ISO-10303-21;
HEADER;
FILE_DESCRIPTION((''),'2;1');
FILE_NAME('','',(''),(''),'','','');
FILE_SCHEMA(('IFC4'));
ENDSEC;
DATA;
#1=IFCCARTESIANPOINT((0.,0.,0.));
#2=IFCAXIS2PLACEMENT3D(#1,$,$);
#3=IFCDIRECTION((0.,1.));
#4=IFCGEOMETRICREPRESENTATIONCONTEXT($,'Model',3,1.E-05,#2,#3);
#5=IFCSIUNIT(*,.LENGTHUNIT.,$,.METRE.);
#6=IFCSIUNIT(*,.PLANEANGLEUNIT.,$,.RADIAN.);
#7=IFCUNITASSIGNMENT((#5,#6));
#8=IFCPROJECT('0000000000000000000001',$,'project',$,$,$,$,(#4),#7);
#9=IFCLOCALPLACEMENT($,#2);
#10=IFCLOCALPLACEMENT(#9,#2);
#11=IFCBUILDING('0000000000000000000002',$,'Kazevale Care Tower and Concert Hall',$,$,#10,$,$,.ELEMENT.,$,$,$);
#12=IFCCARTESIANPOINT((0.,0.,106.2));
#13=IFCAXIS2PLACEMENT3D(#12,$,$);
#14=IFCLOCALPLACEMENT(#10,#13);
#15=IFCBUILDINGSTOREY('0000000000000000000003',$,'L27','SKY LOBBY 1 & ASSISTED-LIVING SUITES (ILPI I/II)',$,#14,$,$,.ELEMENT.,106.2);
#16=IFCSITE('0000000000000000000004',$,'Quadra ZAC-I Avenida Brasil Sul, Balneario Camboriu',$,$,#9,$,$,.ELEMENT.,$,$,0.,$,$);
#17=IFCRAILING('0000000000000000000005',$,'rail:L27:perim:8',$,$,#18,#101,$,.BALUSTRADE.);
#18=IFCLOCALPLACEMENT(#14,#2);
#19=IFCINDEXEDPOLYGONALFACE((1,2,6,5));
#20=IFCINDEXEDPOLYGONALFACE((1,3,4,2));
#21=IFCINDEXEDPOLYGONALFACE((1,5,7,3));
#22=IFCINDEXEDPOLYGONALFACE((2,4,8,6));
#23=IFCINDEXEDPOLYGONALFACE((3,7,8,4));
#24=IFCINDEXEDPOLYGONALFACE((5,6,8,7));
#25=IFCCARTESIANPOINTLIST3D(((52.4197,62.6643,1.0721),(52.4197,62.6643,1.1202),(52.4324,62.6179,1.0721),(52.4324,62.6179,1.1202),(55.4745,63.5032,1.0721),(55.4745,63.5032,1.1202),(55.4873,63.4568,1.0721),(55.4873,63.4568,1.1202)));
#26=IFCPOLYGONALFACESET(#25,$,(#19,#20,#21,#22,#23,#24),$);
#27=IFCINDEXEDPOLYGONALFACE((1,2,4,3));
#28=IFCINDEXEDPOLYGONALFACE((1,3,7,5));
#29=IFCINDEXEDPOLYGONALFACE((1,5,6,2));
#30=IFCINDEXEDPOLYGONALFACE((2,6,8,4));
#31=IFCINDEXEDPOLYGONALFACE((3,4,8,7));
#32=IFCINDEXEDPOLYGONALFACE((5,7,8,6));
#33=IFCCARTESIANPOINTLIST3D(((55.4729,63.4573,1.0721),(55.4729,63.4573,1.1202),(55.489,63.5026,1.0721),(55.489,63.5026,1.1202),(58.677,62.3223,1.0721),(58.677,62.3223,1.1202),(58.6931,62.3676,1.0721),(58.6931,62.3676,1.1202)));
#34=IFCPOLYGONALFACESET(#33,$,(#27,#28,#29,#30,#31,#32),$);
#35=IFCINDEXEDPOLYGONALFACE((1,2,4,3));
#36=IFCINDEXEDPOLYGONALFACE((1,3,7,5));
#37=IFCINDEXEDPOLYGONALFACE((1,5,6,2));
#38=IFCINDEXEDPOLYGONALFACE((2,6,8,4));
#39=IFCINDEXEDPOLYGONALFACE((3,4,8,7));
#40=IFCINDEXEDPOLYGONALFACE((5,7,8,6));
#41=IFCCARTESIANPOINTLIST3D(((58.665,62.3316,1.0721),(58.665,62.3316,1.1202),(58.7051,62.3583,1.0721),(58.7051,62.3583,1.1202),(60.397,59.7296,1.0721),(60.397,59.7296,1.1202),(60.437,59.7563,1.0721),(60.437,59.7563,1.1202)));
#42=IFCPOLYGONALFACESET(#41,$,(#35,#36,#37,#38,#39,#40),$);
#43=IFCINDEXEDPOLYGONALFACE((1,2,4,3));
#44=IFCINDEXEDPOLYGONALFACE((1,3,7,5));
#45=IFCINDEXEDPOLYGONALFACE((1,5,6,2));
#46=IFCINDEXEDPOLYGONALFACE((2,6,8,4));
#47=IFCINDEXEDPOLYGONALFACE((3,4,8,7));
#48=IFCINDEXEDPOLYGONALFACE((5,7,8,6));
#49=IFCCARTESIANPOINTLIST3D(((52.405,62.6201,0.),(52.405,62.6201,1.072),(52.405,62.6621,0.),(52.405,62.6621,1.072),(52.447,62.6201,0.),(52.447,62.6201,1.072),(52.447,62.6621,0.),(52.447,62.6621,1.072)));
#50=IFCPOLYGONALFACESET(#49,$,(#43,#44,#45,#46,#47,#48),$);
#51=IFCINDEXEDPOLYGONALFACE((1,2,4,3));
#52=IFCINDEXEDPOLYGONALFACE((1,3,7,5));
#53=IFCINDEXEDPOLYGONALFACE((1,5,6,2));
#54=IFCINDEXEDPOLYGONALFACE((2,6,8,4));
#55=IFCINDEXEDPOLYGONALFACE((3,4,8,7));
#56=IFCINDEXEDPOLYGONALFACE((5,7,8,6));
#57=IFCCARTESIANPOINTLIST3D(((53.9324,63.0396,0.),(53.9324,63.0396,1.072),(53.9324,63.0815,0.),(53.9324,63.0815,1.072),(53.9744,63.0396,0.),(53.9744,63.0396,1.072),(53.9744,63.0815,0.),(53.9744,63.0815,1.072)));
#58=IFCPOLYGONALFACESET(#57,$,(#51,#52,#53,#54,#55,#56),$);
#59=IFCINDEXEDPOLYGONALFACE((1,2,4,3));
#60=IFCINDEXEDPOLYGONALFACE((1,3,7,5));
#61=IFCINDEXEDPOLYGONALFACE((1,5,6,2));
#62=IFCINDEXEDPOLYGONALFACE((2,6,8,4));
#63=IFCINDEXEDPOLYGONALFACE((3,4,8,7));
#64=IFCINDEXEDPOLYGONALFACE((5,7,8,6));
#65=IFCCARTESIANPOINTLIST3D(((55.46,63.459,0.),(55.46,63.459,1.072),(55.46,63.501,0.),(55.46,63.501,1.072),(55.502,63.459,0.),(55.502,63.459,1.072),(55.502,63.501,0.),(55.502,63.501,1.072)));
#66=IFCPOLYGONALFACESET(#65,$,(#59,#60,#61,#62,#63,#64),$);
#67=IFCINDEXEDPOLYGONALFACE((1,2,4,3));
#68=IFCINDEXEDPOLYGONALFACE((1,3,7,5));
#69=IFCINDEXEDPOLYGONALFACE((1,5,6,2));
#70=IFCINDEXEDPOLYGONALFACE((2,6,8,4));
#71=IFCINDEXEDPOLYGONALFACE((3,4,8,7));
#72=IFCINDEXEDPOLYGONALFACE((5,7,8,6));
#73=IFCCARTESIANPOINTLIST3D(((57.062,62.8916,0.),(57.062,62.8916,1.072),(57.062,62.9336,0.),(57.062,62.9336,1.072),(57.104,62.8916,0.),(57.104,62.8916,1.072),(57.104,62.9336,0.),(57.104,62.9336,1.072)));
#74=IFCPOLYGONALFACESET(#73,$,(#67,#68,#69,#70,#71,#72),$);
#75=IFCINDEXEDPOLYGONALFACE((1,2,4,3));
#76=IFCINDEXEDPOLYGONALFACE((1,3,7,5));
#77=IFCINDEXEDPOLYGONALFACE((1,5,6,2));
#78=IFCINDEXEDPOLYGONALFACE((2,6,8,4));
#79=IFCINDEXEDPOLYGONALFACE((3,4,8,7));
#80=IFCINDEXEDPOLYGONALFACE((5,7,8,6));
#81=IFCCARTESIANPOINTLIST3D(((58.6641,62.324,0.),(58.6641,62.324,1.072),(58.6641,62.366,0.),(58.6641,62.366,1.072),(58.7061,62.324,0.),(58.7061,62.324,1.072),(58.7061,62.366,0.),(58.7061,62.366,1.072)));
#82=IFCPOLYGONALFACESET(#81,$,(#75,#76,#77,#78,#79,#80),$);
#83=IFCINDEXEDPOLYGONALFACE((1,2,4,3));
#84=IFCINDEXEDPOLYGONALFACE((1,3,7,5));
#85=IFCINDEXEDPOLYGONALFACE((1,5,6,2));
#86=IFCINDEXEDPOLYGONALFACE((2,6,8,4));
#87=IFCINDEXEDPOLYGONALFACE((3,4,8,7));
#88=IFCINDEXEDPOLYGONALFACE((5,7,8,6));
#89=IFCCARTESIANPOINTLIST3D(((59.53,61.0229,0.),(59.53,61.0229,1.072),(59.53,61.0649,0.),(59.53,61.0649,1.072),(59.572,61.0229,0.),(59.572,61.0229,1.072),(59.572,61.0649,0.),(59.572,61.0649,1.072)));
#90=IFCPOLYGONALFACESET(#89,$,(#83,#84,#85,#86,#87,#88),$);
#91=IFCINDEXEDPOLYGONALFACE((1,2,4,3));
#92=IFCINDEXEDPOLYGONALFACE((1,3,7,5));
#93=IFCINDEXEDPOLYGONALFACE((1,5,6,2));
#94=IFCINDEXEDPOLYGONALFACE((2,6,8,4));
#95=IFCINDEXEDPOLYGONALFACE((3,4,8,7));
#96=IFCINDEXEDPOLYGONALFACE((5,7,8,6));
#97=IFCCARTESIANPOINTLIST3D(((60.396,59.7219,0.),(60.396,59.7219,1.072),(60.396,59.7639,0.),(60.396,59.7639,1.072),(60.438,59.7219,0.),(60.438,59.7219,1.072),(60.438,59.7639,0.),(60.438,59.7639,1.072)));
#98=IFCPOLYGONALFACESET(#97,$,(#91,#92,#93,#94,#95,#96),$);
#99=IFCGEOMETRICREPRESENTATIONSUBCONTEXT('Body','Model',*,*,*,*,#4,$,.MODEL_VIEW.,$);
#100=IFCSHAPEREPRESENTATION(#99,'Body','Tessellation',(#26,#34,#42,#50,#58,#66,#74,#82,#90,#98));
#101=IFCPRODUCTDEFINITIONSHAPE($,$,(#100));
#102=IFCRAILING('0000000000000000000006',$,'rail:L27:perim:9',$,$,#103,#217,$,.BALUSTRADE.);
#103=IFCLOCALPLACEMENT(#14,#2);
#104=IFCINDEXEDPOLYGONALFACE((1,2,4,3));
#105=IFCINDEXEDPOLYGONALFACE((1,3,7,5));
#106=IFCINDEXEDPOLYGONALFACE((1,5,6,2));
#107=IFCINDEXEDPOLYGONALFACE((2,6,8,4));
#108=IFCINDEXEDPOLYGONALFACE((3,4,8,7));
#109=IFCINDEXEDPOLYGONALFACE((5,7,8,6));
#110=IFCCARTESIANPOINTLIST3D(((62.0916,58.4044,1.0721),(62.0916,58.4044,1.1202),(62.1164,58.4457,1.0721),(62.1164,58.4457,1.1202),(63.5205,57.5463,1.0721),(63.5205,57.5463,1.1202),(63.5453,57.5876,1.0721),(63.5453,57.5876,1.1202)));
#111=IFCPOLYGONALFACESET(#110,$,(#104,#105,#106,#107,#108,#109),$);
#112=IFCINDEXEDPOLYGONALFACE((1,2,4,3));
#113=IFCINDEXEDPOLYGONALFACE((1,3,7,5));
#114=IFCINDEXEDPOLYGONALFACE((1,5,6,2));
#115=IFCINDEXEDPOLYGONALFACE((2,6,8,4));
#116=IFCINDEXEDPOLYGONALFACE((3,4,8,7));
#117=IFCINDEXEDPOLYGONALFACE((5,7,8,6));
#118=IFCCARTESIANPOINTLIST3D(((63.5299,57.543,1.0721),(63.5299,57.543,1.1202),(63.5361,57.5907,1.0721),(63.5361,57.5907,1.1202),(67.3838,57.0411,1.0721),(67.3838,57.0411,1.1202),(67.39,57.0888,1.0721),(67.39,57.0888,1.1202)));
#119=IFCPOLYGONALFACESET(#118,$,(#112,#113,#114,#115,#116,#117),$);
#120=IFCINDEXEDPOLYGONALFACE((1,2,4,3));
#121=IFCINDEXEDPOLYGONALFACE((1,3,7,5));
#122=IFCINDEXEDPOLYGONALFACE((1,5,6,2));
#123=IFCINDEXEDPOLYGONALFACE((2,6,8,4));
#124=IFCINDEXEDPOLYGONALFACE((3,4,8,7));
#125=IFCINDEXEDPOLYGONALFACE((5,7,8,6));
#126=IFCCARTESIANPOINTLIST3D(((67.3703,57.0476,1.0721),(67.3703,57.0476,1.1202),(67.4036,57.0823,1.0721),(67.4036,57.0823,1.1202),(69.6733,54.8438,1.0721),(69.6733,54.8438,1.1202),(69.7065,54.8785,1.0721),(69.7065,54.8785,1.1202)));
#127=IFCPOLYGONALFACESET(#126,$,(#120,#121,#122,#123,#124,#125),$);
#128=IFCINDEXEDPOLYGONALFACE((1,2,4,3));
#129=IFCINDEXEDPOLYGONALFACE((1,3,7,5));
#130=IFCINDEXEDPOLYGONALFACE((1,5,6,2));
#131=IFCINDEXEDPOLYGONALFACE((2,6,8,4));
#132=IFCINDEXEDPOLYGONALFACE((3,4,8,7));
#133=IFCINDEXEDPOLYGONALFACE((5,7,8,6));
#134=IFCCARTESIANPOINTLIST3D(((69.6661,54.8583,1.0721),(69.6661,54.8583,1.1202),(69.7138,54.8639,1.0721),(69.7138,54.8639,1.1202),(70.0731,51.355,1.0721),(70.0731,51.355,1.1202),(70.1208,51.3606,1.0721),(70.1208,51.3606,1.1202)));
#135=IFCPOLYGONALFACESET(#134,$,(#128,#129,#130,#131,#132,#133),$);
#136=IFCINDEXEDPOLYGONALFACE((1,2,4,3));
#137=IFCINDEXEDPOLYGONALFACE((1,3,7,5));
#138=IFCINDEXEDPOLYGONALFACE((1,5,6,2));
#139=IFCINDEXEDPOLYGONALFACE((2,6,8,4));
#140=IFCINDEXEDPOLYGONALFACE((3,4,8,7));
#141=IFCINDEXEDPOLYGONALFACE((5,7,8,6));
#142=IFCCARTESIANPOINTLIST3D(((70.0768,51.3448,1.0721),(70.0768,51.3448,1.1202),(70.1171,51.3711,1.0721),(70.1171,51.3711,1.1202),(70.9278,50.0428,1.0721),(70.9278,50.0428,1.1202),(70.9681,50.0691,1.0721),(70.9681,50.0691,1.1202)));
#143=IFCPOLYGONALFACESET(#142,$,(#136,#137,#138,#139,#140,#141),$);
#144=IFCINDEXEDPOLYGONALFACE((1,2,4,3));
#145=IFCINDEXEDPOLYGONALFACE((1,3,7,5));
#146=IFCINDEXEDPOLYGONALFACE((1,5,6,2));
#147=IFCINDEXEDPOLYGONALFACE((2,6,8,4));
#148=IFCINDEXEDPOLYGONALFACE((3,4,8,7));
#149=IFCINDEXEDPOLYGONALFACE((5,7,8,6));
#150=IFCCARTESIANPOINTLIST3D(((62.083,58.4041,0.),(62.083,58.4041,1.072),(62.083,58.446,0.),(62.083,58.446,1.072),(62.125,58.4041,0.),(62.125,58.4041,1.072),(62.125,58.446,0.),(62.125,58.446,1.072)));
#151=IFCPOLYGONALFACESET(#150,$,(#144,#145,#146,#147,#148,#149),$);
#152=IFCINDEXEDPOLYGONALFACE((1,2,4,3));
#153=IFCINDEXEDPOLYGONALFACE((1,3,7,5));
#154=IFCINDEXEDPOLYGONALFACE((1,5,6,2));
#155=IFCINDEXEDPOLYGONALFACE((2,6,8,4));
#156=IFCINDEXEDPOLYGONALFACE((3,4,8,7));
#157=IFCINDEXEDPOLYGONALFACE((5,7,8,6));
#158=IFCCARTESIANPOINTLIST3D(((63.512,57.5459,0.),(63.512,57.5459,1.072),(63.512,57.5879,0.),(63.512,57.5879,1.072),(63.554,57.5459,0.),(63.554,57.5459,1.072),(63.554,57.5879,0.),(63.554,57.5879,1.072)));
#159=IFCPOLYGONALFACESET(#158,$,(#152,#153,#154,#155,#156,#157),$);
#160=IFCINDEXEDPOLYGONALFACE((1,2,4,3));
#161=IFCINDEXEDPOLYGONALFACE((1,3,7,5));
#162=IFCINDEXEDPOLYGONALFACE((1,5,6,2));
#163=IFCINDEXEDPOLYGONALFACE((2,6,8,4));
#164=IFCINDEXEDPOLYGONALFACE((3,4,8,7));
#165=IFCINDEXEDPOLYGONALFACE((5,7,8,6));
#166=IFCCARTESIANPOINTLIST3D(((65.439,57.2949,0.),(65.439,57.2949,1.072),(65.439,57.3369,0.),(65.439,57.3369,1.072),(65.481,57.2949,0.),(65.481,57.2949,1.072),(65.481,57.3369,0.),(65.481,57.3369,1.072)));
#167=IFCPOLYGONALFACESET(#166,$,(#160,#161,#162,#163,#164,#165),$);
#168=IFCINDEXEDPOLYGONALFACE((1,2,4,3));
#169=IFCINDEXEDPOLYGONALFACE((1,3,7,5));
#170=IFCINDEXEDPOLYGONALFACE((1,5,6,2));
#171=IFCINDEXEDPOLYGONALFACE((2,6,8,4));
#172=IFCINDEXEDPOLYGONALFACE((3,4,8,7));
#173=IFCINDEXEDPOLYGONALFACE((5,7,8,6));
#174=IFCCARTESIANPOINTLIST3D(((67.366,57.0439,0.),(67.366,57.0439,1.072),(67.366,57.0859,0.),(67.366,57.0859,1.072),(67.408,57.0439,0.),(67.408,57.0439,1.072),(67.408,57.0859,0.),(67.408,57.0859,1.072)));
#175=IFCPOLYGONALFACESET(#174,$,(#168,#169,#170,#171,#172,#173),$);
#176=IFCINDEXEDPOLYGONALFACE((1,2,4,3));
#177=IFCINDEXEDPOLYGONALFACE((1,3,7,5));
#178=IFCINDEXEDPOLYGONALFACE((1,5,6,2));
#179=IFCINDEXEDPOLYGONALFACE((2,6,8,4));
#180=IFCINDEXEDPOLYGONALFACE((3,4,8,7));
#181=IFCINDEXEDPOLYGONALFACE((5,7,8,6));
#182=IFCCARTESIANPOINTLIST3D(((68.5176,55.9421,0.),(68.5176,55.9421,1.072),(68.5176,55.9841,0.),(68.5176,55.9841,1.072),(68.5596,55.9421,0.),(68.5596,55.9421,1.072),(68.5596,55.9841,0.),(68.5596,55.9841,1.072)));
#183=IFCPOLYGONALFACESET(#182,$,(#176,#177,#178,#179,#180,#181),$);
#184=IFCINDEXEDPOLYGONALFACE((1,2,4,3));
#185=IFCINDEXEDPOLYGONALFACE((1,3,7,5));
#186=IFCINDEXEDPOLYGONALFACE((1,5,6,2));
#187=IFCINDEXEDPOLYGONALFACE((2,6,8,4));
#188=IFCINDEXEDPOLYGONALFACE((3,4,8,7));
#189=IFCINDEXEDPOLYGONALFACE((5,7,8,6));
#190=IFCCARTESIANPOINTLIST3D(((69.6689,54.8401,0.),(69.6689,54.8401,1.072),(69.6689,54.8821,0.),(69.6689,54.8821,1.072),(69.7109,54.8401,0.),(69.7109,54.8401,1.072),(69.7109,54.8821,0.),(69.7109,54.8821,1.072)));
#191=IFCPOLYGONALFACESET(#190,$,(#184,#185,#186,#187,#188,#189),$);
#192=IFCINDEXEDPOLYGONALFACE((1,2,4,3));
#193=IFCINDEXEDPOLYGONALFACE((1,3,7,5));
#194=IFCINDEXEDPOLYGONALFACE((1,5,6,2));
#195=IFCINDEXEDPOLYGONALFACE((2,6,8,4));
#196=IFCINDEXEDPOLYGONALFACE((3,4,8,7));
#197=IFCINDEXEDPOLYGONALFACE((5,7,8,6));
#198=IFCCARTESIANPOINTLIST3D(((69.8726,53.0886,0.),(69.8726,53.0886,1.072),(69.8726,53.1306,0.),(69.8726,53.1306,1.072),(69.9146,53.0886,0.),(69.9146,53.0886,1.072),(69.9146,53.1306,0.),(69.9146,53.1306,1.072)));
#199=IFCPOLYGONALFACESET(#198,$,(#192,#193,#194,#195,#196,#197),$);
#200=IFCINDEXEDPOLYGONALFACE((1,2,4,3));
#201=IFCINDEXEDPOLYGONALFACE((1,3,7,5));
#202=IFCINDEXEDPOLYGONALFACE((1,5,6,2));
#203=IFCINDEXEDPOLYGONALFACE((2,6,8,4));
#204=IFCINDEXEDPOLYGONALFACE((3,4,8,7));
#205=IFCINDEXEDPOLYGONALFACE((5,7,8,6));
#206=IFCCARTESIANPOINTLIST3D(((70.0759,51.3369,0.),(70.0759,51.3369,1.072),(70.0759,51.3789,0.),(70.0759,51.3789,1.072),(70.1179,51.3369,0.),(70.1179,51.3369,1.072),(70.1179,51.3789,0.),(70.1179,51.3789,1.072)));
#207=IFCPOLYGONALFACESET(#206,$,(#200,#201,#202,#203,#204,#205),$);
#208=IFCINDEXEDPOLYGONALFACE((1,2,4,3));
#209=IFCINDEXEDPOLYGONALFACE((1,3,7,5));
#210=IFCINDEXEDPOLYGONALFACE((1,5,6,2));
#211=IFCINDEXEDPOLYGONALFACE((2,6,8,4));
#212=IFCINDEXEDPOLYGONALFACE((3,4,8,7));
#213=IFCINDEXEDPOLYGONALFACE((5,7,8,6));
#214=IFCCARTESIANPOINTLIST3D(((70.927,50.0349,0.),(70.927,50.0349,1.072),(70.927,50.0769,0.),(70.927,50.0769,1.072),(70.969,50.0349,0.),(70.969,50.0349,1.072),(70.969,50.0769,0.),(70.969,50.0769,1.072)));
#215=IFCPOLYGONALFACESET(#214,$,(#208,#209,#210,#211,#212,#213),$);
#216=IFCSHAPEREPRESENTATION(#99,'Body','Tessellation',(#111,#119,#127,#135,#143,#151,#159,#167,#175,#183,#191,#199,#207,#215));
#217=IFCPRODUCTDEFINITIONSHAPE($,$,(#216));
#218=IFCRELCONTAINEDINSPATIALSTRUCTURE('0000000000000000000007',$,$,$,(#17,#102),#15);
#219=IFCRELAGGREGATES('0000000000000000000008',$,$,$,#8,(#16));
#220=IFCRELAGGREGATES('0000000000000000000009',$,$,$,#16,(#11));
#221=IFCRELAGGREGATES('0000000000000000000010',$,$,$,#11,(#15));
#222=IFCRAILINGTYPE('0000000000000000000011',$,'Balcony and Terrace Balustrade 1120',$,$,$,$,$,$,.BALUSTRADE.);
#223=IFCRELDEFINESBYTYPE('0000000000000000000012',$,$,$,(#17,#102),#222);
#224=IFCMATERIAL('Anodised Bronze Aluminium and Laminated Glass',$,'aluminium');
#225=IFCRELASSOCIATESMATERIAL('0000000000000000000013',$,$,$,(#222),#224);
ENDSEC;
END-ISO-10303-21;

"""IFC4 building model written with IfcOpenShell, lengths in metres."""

from ifc_helpers import new_model, si_unit, direction, frame, origin, origin_2d, place, context, subcontext, project, spatial, rectangle, extrude, material, type_object, element, save


model = new_model("IFC4")

# Units and contexts
model_context = context("Model", 3, precision=1e-05, world=origin(), true_north=direction((0.0, 1.0)))
body_context = subcontext(model_context, "Body", "Model", "MODEL_VIEW")
ifc_project = project(units=[si_unit("LENGTHUNIT", "METRE"), si_unit("PLANEANGLEUNIT", "RADIAN")], contexts=[model_context])

# Site, building, storey
site_placement = place(None, origin())
site = spatial("IfcSite", under=ifc_project, at=site_placement, Name="Quadra ZAC-I Avenida Brasil Sul, Balneario Camboriu", CompositionType="ELEMENT", RefElevation=0.0)
building_placement = place(site_placement, origin())
building = spatial("IfcBuilding", under=site, at=building_placement, Name="Kazevale Care Tower and Concert Hall", CompositionType="ELEMENT")
storey_placement = place(building_placement, frame((0.0, 0.0, 106.2)))
storey = spatial("IfcBuildingStorey", under=building, at=storey_placement, Name="L27", Description="SKY LOBBY 1 & ASSISTED-LIVING SUITES (ILPI I/II)", CompositionType="ELEMENT", Elevation=106.2)

# Railings
ifc_material_1 = material(Name="Anodised Bronze Aluminium and Laminated Glass", Category="aluminium")
railing_type = type_object("IfcRailingType", Name="Balcony and Terrace Balustrade 1120", PredefinedType="BALUSTRADE", material=ifc_material_1)
railing_1_placement = place(storey_placement, frame((52.426, 62.6411, 0.0)))
element("IfcRailing", 1, at=railing_1_placement, inside=storey, type_object=railing_type, Name="rail:L27:perim:8", PredefinedType="BALUSTRADE", context=body_context, shape_type="SweptSolid", body=[
    extrude(rectangle(XDim=0.0481, YDim=0.0481, at=origin_2d()), frame((0.0, 0.0, 1.0962), z_axis=(0.964305, 0.264793, 0.0), x_axis=(-0.264793, 0.964305, 0.0)), (0.0, 0.0, 1.0), 3.168),
    extrude(rectangle(XDim=0.0481, YDim=0.0481, at=origin_2d()), frame((3.0549, 0.8389, 1.0962), z_axis=(0.942607, -0.333906, 0.0), x_axis=(0.333906, 0.942607, 0.0)), (0.0, 0.0, 1.0), 3.3992),
    extrude(rectangle(XDim=0.0481, YDim=0.0481, at=origin_2d()), frame((6.259, -0.2961, 1.0962), z_axis=(0.554087, -0.832459, 0.0), x_axis=(0.832459, 0.554087, 0.0)), (0.0, 0.0, 1.0), 3.1257),
    extrude(rectangle(XDim=0.042, YDim=0.042, at=origin_2d()), origin(), (0.0, 0.0, 1.0), 1.072),
    extrude(rectangle(XDim=0.042, YDim=0.042, at=origin_2d()), frame((1.5273, 0.4194, 0.0)), (0.0, 0.0, 1.0), 1.072),
    extrude(rectangle(XDim=0.042, YDim=0.042, at=origin_2d()), frame((3.0549, 0.8389, 0.0)), (0.0, 0.0, 1.0), 1.072),
    extrude(rectangle(XDim=0.042, YDim=0.042, at=origin_2d()), frame((4.657, 0.2715, 0.0)), (0.0, 0.0, 1.0), 1.072),
    extrude(rectangle(XDim=0.042, YDim=0.042, at=origin_2d()), frame((6.259, -0.2961, 0.0)), (0.0, 0.0, 1.0), 1.072),
    extrude(rectangle(XDim=0.042, YDim=0.042, at=origin_2d()), frame((7.125, -1.5972, 0.0)), (0.0, 0.0, 1.0), 1.072),
    extrude(rectangle(XDim=0.042, YDim=0.042, at=origin_2d()), frame((7.991, -2.8982, 0.0)), (0.0, 0.0, 1.0), 1.072),
])
railing_2_placement = place(storey_placement, frame((62.104, 58.425, 0.0)))
element("IfcRailing", 2, at=railing_2_placement, inside=storey, type_object=railing_type, Name="rail:L27:perim:9", PredefinedType="BALUSTRADE", context=body_context, shape_type="SweptSolid", body=[
    extrude(rectangle(XDim=0.0481, YDim=0.0481, at=origin_2d()), frame((0.0, 0.0, 1.0962), z_axis=(0.857286, -0.51484, 0.0), x_axis=(0.51484, 0.857286, 0.0)), (0.0, 0.0, 1.0), 1.6667),
    extrude(rectangle(XDim=0.0481, YDim=0.0481, at=origin_2d()), frame((1.429, -0.8582, 1.0962), z_axis=(0.991625, -0.129151, 0.0), x_axis=(0.129151, 0.991625, 0.0)), (0.0, 0.0, 1.0), 3.8865),
    extrude(rectangle(XDim=0.0481, YDim=0.0481, at=origin_2d()), frame((5.283, -1.3601, 1.0962), z_axis=(0.722484, -0.691388, 0.0), x_axis=(0.691388, 0.722484, 0.0)), (0.0, 0.0, 1.0), 3.1875),
    extrude(rectangle(XDim=0.0481, YDim=0.0481, at=origin_2d()), frame((7.5859, -3.564, 1.0962), z_axis=(0.115399, -0.993319, 0.0), x_axis=(0.993319, 0.115399, 0.0)), (0.0, 0.0, 1.0), 3.5269),
    extrude(rectangle(XDim=0.0481, YDim=0.0481, at=origin_2d()), frame((7.9929, -7.0671, 1.0962), z_axis=(0.547144, -0.837039, 0.0), x_axis=(0.837039, 0.547144, 0.0)), (0.0, 0.0, 1.0), 1.5554),
    extrude(rectangle(XDim=0.042, YDim=0.042, at=origin_2d()), origin(), (0.0, 0.0, 1.0), 1.072),
    extrude(rectangle(XDim=0.042, YDim=0.042, at=origin_2d()), frame((1.429, -0.8582, 0.0)), (0.0, 0.0, 1.0), 1.072),
    extrude(rectangle(XDim=0.042, YDim=0.042, at=origin_2d()), frame((3.356, -1.1091, 0.0)), (0.0, 0.0, 1.0), 1.072),
    extrude(rectangle(XDim=0.042, YDim=0.042, at=origin_2d()), frame((5.283, -1.3601, 0.0)), (0.0, 0.0, 1.0), 1.072),
    extrude(rectangle(XDim=0.042, YDim=0.042, at=origin_2d()), frame((6.4346, -2.4619, 0.0)), (0.0, 0.0, 1.0), 1.072),
    extrude(rectangle(XDim=0.042, YDim=0.042, at=origin_2d()), frame((7.5859, -3.564, 0.0)), (0.0, 0.0, 1.0), 1.072),
    extrude(rectangle(XDim=0.042, YDim=0.042, at=origin_2d()), frame((7.7896, -5.3154, 0.0)), (0.0, 0.0, 1.0), 1.072),
    extrude(rectangle(XDim=0.042, YDim=0.042, at=origin_2d()), frame((7.9929, -7.0671, 0.0)), (0.0, 0.0, 1.0), 1.072),
    extrude(rectangle(XDim=0.042, YDim=0.042, at=origin_2d()), frame((8.844, -8.3691, 0.0)), (0.0, 0.0, 1.0), 1.072),
])

save(model, "model.ifc")
